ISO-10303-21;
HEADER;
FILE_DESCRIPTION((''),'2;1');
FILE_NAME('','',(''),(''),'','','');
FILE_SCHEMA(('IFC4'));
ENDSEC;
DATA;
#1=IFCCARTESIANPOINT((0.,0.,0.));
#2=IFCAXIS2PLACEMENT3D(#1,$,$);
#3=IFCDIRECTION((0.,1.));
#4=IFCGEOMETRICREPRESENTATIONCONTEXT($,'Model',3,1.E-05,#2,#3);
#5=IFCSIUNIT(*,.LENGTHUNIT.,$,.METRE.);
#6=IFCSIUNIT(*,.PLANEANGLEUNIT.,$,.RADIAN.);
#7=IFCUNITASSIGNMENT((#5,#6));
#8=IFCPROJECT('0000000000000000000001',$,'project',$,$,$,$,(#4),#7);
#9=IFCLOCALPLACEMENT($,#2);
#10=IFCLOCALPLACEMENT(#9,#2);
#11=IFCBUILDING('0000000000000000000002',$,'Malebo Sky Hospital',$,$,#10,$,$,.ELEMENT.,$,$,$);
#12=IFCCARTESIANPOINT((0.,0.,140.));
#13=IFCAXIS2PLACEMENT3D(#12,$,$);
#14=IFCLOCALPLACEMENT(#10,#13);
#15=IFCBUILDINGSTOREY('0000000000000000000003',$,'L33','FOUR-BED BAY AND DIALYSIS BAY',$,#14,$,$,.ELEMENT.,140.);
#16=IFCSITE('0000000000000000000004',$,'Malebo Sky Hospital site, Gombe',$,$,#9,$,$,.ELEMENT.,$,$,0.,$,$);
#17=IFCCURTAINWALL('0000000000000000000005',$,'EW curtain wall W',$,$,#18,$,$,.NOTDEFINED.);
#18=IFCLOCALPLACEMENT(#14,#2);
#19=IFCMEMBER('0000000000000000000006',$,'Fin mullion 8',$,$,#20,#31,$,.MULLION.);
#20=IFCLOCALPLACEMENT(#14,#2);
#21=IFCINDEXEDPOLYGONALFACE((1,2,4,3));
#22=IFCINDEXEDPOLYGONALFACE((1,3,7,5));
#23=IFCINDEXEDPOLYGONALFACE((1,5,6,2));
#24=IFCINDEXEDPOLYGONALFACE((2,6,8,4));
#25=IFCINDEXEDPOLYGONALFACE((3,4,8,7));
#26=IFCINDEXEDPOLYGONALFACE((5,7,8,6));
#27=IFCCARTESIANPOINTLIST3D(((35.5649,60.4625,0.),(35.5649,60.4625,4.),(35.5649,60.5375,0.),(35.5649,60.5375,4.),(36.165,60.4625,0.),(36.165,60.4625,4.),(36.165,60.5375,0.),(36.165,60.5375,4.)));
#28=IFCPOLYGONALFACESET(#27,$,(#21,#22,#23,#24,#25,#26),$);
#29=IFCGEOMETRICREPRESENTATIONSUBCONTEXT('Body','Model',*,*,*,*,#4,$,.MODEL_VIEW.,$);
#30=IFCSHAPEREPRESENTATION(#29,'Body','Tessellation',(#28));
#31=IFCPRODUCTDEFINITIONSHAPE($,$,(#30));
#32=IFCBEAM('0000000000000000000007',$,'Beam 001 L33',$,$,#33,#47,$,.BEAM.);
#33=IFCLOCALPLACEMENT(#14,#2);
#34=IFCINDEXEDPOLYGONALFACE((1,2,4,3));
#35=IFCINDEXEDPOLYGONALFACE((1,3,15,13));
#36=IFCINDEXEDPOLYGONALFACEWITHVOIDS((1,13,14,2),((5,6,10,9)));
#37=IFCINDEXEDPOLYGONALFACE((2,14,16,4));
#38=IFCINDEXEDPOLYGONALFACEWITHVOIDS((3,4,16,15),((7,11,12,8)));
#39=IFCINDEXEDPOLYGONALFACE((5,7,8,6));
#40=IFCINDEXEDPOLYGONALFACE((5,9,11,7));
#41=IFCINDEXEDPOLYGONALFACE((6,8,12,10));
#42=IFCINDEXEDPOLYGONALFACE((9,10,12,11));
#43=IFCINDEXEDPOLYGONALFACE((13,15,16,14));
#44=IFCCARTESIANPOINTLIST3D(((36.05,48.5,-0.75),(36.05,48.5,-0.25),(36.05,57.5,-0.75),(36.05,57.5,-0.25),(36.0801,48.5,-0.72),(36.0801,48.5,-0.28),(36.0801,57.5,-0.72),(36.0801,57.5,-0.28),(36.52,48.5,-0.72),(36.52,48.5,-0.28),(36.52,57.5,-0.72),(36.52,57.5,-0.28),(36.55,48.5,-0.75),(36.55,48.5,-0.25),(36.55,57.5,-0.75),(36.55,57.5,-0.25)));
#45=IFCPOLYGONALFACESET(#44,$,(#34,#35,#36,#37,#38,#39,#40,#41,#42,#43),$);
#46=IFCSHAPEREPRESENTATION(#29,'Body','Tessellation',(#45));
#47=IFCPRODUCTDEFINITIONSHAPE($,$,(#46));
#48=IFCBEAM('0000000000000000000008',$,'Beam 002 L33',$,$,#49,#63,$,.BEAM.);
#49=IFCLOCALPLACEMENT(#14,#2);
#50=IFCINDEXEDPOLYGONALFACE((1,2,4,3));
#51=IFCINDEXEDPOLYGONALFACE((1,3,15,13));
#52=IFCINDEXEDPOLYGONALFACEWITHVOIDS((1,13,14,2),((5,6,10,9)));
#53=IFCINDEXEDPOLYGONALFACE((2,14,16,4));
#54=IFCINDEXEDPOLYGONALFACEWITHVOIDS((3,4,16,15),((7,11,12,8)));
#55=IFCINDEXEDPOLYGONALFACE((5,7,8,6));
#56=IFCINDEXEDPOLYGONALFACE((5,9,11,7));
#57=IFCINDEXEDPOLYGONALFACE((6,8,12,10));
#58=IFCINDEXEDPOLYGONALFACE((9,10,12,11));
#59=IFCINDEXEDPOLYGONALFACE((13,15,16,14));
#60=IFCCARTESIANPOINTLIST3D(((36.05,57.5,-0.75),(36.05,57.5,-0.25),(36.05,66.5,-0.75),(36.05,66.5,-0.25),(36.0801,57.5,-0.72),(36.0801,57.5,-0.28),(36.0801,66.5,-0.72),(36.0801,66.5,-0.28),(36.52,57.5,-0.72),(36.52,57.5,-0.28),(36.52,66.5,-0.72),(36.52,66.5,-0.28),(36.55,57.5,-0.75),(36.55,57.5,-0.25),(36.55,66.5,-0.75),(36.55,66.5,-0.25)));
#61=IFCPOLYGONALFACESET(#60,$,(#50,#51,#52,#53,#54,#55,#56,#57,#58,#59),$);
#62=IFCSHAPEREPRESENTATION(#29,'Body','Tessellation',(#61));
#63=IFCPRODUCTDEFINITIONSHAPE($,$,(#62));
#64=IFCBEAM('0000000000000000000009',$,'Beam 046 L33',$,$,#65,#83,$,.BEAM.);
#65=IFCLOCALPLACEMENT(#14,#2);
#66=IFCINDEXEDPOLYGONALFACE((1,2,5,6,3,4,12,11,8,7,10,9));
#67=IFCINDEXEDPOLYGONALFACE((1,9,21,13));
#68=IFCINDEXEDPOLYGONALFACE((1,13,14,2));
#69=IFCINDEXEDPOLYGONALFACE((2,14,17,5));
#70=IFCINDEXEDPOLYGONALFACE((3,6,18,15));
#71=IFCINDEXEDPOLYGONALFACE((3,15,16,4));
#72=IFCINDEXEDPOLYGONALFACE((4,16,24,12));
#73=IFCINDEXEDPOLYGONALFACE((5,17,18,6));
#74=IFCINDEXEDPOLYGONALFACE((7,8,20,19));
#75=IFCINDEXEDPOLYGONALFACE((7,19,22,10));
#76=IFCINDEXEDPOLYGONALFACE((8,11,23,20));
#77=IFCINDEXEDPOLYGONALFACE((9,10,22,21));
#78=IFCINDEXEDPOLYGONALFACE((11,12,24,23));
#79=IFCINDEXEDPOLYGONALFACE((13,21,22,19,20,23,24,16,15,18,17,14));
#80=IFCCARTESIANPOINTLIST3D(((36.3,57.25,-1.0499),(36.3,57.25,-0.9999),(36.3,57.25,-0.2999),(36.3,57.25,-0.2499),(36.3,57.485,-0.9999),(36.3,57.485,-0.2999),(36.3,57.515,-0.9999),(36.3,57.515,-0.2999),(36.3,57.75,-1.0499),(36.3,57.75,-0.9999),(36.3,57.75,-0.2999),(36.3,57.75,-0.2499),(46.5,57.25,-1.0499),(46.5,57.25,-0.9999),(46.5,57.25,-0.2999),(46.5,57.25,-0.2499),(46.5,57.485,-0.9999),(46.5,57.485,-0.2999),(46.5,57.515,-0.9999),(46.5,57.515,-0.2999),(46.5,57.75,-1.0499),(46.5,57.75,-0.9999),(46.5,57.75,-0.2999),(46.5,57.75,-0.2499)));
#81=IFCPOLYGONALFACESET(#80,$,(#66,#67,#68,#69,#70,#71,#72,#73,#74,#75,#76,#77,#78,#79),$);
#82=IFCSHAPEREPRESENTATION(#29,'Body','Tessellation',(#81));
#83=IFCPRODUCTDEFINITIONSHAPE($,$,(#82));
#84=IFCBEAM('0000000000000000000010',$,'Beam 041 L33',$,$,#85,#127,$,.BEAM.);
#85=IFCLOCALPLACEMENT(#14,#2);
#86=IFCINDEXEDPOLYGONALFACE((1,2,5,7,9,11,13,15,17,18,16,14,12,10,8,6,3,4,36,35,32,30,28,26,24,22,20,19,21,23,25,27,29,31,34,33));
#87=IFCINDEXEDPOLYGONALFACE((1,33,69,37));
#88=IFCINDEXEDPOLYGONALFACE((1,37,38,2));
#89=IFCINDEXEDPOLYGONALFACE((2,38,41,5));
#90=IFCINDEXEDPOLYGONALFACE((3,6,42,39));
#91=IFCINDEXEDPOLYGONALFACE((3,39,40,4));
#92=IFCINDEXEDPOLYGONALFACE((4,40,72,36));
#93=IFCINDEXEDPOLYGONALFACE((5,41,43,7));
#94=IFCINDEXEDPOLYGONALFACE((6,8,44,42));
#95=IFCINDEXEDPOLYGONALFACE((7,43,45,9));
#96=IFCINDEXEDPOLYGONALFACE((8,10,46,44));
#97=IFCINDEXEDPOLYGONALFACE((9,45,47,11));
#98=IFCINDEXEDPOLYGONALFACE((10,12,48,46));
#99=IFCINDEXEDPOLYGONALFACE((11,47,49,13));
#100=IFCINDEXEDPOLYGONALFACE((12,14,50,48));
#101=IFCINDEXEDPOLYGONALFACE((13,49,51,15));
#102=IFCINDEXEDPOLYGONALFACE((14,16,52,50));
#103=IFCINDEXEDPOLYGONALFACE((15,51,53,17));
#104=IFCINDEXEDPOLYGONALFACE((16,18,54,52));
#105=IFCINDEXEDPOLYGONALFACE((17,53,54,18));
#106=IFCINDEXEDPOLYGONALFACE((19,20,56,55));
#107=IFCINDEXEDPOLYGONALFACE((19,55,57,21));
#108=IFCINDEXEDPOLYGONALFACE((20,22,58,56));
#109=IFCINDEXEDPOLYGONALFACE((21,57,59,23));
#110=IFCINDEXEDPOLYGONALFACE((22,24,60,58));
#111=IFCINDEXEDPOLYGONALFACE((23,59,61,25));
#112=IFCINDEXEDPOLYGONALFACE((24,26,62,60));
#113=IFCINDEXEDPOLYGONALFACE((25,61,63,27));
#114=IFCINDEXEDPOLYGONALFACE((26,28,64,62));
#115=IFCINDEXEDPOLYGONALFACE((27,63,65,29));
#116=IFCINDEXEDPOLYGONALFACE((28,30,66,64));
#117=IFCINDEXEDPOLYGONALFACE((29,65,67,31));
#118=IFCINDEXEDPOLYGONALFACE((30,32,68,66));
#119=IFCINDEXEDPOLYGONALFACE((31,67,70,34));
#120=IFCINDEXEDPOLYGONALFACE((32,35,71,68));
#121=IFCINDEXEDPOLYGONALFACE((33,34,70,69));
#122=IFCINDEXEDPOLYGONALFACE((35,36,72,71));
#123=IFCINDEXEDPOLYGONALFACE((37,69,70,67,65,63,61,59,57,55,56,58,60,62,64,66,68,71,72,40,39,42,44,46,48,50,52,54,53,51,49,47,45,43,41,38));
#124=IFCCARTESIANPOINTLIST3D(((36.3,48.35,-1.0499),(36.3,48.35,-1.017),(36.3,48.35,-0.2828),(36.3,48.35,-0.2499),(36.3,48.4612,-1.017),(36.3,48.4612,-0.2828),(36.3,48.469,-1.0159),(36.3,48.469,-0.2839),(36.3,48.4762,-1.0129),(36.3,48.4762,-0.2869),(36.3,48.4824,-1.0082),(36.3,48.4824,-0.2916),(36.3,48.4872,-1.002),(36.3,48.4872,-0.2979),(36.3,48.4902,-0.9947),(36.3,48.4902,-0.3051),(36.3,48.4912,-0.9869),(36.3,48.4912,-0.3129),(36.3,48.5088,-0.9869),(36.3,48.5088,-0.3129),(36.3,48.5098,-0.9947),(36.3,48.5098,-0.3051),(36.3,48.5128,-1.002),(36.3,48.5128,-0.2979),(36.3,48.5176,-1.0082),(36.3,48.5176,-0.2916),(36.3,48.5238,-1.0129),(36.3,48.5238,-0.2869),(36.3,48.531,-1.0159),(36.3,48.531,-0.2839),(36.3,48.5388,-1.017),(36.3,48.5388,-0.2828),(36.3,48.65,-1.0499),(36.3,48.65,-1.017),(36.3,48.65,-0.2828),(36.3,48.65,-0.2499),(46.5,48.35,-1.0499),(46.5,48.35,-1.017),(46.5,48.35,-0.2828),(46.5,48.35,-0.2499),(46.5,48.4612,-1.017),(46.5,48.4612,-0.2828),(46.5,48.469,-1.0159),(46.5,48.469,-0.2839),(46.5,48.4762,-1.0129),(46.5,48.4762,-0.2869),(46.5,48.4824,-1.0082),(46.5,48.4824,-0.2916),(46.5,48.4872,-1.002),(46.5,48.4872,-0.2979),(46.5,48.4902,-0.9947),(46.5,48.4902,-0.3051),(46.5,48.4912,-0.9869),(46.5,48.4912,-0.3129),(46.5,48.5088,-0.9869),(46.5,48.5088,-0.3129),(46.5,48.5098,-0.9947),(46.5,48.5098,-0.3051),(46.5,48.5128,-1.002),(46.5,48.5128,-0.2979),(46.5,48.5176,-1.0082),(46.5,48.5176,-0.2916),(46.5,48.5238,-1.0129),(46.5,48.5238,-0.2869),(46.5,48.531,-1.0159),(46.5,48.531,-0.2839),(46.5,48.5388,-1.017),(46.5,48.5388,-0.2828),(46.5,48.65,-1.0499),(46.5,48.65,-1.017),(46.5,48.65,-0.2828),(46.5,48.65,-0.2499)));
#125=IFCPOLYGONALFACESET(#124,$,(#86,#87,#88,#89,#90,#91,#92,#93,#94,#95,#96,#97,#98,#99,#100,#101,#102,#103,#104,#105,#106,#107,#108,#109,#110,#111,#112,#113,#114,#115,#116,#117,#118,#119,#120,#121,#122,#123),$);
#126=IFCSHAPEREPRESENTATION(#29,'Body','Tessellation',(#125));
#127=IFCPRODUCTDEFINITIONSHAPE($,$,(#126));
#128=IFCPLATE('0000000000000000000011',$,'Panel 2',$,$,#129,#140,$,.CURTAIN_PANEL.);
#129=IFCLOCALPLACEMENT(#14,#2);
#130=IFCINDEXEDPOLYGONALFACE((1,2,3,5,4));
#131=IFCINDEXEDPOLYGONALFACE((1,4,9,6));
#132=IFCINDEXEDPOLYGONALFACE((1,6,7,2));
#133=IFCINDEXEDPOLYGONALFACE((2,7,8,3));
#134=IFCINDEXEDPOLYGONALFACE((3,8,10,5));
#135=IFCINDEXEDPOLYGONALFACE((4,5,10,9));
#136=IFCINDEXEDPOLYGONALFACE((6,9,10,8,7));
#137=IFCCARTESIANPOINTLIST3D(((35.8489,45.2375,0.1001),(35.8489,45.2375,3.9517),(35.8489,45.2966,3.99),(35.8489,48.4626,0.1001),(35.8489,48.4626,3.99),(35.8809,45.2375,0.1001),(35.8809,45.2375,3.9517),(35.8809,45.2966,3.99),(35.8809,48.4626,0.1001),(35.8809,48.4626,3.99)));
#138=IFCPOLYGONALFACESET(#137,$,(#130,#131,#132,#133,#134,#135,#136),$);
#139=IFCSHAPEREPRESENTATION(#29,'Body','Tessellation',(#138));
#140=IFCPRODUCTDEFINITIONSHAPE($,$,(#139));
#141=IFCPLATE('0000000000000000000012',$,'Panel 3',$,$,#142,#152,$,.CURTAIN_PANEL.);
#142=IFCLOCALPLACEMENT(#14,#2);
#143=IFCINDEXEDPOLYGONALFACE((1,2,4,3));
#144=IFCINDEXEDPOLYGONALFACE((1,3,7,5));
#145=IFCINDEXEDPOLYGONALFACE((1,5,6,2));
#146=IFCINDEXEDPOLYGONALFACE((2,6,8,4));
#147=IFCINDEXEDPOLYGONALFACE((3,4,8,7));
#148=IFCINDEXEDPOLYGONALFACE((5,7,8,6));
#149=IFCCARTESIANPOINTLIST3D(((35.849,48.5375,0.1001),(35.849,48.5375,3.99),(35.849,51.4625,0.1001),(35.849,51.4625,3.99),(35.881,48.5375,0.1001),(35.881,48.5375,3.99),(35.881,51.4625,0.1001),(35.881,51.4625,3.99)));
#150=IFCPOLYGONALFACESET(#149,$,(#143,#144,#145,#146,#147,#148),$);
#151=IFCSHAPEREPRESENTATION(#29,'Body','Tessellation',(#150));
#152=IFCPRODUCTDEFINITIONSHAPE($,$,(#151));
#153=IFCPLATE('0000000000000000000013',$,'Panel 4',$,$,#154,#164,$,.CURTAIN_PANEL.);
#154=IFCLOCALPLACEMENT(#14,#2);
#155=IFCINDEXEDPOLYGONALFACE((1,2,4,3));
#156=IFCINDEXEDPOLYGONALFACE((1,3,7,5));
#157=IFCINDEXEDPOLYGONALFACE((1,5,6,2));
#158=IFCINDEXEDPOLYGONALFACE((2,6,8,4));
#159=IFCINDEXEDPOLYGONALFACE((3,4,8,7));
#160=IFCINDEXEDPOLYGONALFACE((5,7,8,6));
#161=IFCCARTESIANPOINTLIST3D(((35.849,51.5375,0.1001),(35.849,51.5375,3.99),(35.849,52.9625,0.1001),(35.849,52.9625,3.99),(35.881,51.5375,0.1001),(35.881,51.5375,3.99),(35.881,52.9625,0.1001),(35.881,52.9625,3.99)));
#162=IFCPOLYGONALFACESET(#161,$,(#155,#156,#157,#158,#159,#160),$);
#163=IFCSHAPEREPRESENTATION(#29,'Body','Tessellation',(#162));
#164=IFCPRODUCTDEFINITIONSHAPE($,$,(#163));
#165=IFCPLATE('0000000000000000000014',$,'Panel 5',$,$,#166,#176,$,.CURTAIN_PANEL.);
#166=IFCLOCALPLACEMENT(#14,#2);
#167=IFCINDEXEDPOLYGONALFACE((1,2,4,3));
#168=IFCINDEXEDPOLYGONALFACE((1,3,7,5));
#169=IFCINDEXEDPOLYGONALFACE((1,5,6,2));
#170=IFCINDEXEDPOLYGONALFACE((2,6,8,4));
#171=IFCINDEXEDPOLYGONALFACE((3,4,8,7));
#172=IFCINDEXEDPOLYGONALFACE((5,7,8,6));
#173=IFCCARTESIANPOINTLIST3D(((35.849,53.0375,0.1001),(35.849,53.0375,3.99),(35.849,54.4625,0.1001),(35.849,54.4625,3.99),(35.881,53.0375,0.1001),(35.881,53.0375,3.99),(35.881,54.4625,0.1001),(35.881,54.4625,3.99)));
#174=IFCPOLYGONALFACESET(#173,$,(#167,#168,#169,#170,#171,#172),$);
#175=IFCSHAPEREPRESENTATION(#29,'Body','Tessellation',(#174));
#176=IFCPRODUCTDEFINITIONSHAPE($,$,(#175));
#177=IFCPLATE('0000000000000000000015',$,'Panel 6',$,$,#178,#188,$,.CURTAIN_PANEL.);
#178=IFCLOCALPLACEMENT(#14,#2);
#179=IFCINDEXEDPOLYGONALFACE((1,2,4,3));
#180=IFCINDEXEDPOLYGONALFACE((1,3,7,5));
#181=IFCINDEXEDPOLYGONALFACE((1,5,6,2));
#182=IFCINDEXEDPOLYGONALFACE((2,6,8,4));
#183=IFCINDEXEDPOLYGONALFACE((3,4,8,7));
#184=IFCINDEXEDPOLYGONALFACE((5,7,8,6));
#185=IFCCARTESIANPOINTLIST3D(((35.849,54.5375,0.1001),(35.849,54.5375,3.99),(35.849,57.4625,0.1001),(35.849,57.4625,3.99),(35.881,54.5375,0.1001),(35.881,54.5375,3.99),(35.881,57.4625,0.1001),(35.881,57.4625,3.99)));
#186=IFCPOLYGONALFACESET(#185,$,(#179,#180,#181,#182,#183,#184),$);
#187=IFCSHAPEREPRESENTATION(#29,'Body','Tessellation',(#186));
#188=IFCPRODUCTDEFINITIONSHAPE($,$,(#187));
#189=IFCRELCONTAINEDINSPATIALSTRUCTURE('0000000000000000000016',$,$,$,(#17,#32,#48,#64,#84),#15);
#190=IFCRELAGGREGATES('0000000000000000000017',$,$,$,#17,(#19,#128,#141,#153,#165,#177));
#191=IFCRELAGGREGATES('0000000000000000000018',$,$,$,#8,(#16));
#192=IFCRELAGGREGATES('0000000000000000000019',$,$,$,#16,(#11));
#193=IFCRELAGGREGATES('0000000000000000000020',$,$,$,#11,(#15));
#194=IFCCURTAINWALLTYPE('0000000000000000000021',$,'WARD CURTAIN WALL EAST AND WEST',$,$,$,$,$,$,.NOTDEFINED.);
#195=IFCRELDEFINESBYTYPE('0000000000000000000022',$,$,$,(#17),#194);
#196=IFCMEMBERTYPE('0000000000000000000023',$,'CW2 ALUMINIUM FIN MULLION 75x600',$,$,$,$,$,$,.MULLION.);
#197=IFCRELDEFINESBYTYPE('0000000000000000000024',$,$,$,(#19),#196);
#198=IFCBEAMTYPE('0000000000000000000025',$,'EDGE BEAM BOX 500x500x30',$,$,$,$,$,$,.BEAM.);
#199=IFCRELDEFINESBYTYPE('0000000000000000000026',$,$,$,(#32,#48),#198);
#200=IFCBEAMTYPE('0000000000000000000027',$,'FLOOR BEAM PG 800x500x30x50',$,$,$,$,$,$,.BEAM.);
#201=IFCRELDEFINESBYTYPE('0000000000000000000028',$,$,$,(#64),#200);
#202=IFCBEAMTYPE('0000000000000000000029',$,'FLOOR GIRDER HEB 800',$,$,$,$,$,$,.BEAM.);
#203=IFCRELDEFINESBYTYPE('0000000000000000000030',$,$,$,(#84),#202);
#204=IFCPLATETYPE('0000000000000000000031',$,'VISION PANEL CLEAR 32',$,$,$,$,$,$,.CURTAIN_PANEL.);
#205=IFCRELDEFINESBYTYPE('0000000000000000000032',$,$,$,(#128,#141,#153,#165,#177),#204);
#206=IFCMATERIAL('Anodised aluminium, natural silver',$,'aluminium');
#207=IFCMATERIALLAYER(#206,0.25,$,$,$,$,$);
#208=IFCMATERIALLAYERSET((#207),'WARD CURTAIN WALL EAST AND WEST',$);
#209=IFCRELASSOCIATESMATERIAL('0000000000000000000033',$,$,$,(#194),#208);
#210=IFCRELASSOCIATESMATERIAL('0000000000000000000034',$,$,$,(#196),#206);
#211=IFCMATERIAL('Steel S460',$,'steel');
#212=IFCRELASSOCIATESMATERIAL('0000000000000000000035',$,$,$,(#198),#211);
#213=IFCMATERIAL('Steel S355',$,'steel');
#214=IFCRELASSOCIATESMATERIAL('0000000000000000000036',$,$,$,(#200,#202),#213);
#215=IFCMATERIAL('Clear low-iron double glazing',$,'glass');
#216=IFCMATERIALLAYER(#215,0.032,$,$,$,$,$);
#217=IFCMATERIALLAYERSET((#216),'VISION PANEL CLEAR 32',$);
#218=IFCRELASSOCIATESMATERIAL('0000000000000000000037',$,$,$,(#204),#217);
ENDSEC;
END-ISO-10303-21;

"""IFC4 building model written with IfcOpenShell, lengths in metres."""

from ifc_helpers import new_model, si_unit, direction, frame, origin, origin_2d, place, context, subcontext, project, spatial, polyline, rectangle, hollow_rectangle, i_section, outline, extrude, material, layer, layer_set, material_profile, profile_set, type_object, element, aggregate, save


model = new_model("IFC4")

# Units and contexts
model_context = context("Model", 3, precision=1e-05, world=origin(), true_north=direction((0.0, 1.0)))
body_context = subcontext(model_context, "Body", "Model", "MODEL_VIEW")
ifc_project = project(units=[si_unit("LENGTHUNIT", "METRE"), si_unit("PLANEANGLEUNIT", "RADIAN")], contexts=[model_context])

# Site, building, storey
site_placement = place(None, origin())
site = spatial("IfcSite", under=ifc_project, at=site_placement, Name="Malebo Sky Hospital site, Gombe", CompositionType="ELEMENT", RefElevation=0.0)
building_placement = place(site_placement, origin())
building = spatial("IfcBuilding", under=site, at=building_placement, Name="Malebo Sky Hospital", CompositionType="ELEMENT")
storey_placement = place(building_placement, frame((0.0, 0.0, 140.0)))
storey = spatial("IfcBuildingStorey", under=building, at=storey_placement, Name="L33", Description="FOUR-BED BAY AND DIALYSIS BAY", CompositionType="ELEMENT", Elevation=140.0)

# Shared definitions
ifc_material_1 = material(Name="Steel S460", Category="steel")

# Curtain wall, member
ifc_material_2 = material(Name="Anodised aluminium, natural silver", Category="aluminium")
ifc_layer_1 = layer(ifc_material_2, 0.25)
ifc_layer_set_1 = layer_set([ifc_layer_1], Name="WARD CURTAIN WALL EAST AND WEST")
curtain_wall_type = type_object("IfcCurtainWallType", Name="WARD CURTAIN WALL EAST AND WEST", PredefinedType="NOTDEFINED", material=ifc_layer_set_1)
curtain_wall_placement = place(storey_placement, origin())
curtain_wall = element("IfcCurtainWall", 1, at=curtain_wall_placement, inside=storey, type_object=curtain_wall_type, Name="EW curtain wall W", PredefinedType="NOTDEFINED")
ifc_material_profile_1 = material_profile(ifc_material_2, rectangle(XDim=0.075, YDim=0.6001, at=origin_2d()), Name="CW2 ALUMINIUM FIN MULLION 75x600")
ifc_profile_set_1 = profile_set([ifc_material_profile_1], Name="Anodised aluminium, natural silver")
member_type_1 = type_object("IfcMemberType", Name="CW2 ALUMINIUM FIN MULLION 75x600", PredefinedType="MULLION", material=ifc_profile_set_1)
member_1_placement = place(storey_placement, frame((35.865, 60.5, 0.0), z_axis=(0.0, 0.0, 1.0), x_axis=(0.0, 1.0, 0.0)))
member_1 = element("IfcMember", 2, at=member_1_placement, type_object=member_type_1, Name="Fin mullion 8", PredefinedType="MULLION", context=body_context, shape_type="SweptSolid", body=[
    extrude(rectangle(XDim=0.075, YDim=0.6001, at=origin_2d()), origin(), (0.0, 0.0, 1.0), 4.0),
])

# Beams
ifc_material_profile_2 = material_profile(ifc_material_1, hollow_rectangle(XDim=0.5, YDim=0.5, WallThickness=0.03, at=origin_2d()), Name="BOX 500x500x30")
ifc_profile_set_2 = profile_set([ifc_material_profile_2], Name="Steel S460")
beam_type_1 = type_object("IfcBeamType", Name="EDGE BEAM BOX 500x500x30", PredefinedType="BEAM", material=ifc_profile_set_2)
for number, where, z_axis, x_axis, name in (
    (3, (36.3, 48.5, -0.5), (0.0, 1.0, 0.0), (-1.0, 0.0, 0.0), "Beam 001 L33"),
    (4, (36.3, 57.5, -0.5), (0.0, 1.0, 0.0), (-1.0, 0.0, 0.0), "Beam 002 L33"),
):
    element("IfcBeam", number, at=place(storey_placement, frame(where, z_axis=z_axis, x_axis=x_axis)), inside=storey, type_object=beam_type_1, Name=name, PredefinedType="BEAM", context=body_context, shape_type="SweptSolid", body=[
        extrude(hollow_rectangle(XDim=0.5, YDim=0.5, WallThickness=0.03, at=origin_2d()), origin(), (0.0, 0.0, 1.0), 9.0),
    ])
ifc_material_3 = material(Name="Steel S355", Category="steel")
ifc_material_profile_3 = material_profile(ifc_material_3, i_section(OverallWidth=0.5, OverallDepth=0.8, WebThickness=0.03, FlangeThickness=0.05, at=origin_2d()), Name="PG 800x500x30x50")
ifc_profile_set_3 = profile_set([ifc_material_profile_3], Name="Steel S355")
beam_type_2 = type_object("IfcBeamType", Name="FLOOR BEAM PG 800x500x30x50", PredefinedType="BEAM", material=ifc_profile_set_3)
beam_1_placement = place(storey_placement, frame((36.3, 57.5, -0.6499), z_axis=(1.0, 0.0, 0.0), x_axis=(0.0, 1.0, 0.0)))
element("IfcBeam", 5, at=beam_1_placement, inside=storey, type_object=beam_type_2, Name="Beam 046 L33", PredefinedType="BEAM", context=body_context, shape_type="SweptSolid", body=[
    extrude(i_section(OverallWidth=0.5, OverallDepth=0.8, WebThickness=0.03, FlangeThickness=0.05, at=origin_2d()), origin(), (0.0, 0.0, 1.0), 10.2),
])
ifc_material_profile_4 = material_profile(ifc_material_3, i_section(OverallWidth=0.3, OverallDepth=0.8, WebThickness=0.0176, FlangeThickness=0.033, FilletRadius=0.03, at=origin_2d()), Name="HEB 800")
ifc_profile_set_4 = profile_set([ifc_material_profile_4], Name="Steel S355")
beam_type_3 = type_object("IfcBeamType", Name="FLOOR GIRDER HEB 800", PredefinedType="BEAM", material=ifc_profile_set_4)
beam_2_placement = place(storey_placement, frame((36.3, 48.5, -0.6499), z_axis=(1.0, 0.0, 0.0), x_axis=(0.0, 1.0, 0.0)))
element("IfcBeam", 6, at=beam_2_placement, inside=storey, type_object=beam_type_3, Name="Beam 041 L33", PredefinedType="BEAM", context=body_context, shape_type="SweptSolid", body=[
    extrude(i_section(OverallWidth=0.3, OverallDepth=0.8, WebThickness=0.0176, FlangeThickness=0.033, FilletRadius=0.03, at=origin_2d()), origin(), (0.0, 0.0, 1.0), 10.2),
])

# Plates
ifc_material_4 = material(Name="Clear low-iron double glazing", Category="glass")
ifc_layer_2 = layer(ifc_material_4, 0.032)
ifc_layer_set_2 = layer_set([ifc_layer_2], Name="VISION PANEL CLEAR 32")
plate_type = type_object("IfcPlateType", Name="VISION PANEL CLEAR 32", PredefinedType="CURTAIN_PANEL", material=ifc_layer_set_2)
plate_1_placement = place(storey_placement, frame((35.865, 46.8501, 0.1001), z_axis=(0.0, 0.0, 1.0), x_axis=(0.0, 1.0, 0.0)))
plate_1 = element("IfcPlate", 7, at=plate_1_placement, type_object=plate_type, Name="Panel 2", PredefinedType="CURTAIN_PANEL", context=body_context, shape_type="SweptSolid", body=[
    extrude(outline(polyline([(-1.6125, 0.0), (1.6125, 0.0), (1.6125, 3.8899), (-1.5535, 3.8899), (-1.6125, 3.8516), (-1.6125, 0.0)])), frame((0.0, 0.0161, 0.0), z_axis=(0.0, -1.0, 0.0), x_axis=(1.0, 0.0, 0.0)), (0.0, 0.0, 1.0), 0.032),
])
plate_2_placement = place(storey_placement, frame((35.865, 50.0, 0.1001), z_axis=(0.0, 0.0, 1.0), x_axis=(0.0, 1.0, 0.0)))
plate_2 = element("IfcPlate", 8, at=plate_2_placement, type_object=plate_type, Name="Panel 3", PredefinedType="CURTAIN_PANEL", context=body_context, shape_type="SweptSolid", body=[
    extrude(rectangle(XDim=2.925, YDim=0.032, at=origin_2d()), origin(), (0.0, 0.0, 1.0), 3.8899),
])
plate_3_placement = place(storey_placement, frame((35.865, 52.25, 0.1001), z_axis=(0.0, 0.0, 1.0), x_axis=(0.0, 1.0, 0.0)))
plate_3 = element("IfcPlate", 9, at=plate_3_placement, type_object=plate_type, Name="Panel 4", PredefinedType="CURTAIN_PANEL", context=body_context, shape_type="SweptSolid", body=[
    extrude(rectangle(XDim=1.425, YDim=0.032, at=origin_2d()), origin(), (0.0, 0.0, 1.0), 3.8899),
])
plate_4_placement = place(storey_placement, frame((35.865, 53.75, 0.1001), z_axis=(0.0, 0.0, 1.0), x_axis=(0.0, 1.0, 0.0)))
plate_4 = element("IfcPlate", 10, at=plate_4_placement, type_object=plate_type, Name="Panel 5", PredefinedType="CURTAIN_PANEL", context=body_context, shape_type="SweptSolid", body=[
    extrude(rectangle(XDim=1.425, YDim=0.032, at=origin_2d()), origin(), (0.0, 0.0, 1.0), 3.8899),
])
plate_5_placement = place(storey_placement, frame((35.865, 56.0, 0.1001), z_axis=(0.0, 0.0, 1.0), x_axis=(0.0, 1.0, 0.0)))
plate_5 = element("IfcPlate", 11, at=plate_5_placement, type_object=plate_type, Name="Panel 6", PredefinedType="CURTAIN_PANEL", context=body_context, shape_type="SweptSolid", body=[
    extrude(rectangle(XDim=2.925, YDim=0.032, at=origin_2d()), origin(), (0.0, 0.0, 1.0), 3.8899),
])
aggregate(curtain_wall, [member_1, plate_1, plate_2, plate_3, plate_4, plate_5])

save(model, "model.ifc")
